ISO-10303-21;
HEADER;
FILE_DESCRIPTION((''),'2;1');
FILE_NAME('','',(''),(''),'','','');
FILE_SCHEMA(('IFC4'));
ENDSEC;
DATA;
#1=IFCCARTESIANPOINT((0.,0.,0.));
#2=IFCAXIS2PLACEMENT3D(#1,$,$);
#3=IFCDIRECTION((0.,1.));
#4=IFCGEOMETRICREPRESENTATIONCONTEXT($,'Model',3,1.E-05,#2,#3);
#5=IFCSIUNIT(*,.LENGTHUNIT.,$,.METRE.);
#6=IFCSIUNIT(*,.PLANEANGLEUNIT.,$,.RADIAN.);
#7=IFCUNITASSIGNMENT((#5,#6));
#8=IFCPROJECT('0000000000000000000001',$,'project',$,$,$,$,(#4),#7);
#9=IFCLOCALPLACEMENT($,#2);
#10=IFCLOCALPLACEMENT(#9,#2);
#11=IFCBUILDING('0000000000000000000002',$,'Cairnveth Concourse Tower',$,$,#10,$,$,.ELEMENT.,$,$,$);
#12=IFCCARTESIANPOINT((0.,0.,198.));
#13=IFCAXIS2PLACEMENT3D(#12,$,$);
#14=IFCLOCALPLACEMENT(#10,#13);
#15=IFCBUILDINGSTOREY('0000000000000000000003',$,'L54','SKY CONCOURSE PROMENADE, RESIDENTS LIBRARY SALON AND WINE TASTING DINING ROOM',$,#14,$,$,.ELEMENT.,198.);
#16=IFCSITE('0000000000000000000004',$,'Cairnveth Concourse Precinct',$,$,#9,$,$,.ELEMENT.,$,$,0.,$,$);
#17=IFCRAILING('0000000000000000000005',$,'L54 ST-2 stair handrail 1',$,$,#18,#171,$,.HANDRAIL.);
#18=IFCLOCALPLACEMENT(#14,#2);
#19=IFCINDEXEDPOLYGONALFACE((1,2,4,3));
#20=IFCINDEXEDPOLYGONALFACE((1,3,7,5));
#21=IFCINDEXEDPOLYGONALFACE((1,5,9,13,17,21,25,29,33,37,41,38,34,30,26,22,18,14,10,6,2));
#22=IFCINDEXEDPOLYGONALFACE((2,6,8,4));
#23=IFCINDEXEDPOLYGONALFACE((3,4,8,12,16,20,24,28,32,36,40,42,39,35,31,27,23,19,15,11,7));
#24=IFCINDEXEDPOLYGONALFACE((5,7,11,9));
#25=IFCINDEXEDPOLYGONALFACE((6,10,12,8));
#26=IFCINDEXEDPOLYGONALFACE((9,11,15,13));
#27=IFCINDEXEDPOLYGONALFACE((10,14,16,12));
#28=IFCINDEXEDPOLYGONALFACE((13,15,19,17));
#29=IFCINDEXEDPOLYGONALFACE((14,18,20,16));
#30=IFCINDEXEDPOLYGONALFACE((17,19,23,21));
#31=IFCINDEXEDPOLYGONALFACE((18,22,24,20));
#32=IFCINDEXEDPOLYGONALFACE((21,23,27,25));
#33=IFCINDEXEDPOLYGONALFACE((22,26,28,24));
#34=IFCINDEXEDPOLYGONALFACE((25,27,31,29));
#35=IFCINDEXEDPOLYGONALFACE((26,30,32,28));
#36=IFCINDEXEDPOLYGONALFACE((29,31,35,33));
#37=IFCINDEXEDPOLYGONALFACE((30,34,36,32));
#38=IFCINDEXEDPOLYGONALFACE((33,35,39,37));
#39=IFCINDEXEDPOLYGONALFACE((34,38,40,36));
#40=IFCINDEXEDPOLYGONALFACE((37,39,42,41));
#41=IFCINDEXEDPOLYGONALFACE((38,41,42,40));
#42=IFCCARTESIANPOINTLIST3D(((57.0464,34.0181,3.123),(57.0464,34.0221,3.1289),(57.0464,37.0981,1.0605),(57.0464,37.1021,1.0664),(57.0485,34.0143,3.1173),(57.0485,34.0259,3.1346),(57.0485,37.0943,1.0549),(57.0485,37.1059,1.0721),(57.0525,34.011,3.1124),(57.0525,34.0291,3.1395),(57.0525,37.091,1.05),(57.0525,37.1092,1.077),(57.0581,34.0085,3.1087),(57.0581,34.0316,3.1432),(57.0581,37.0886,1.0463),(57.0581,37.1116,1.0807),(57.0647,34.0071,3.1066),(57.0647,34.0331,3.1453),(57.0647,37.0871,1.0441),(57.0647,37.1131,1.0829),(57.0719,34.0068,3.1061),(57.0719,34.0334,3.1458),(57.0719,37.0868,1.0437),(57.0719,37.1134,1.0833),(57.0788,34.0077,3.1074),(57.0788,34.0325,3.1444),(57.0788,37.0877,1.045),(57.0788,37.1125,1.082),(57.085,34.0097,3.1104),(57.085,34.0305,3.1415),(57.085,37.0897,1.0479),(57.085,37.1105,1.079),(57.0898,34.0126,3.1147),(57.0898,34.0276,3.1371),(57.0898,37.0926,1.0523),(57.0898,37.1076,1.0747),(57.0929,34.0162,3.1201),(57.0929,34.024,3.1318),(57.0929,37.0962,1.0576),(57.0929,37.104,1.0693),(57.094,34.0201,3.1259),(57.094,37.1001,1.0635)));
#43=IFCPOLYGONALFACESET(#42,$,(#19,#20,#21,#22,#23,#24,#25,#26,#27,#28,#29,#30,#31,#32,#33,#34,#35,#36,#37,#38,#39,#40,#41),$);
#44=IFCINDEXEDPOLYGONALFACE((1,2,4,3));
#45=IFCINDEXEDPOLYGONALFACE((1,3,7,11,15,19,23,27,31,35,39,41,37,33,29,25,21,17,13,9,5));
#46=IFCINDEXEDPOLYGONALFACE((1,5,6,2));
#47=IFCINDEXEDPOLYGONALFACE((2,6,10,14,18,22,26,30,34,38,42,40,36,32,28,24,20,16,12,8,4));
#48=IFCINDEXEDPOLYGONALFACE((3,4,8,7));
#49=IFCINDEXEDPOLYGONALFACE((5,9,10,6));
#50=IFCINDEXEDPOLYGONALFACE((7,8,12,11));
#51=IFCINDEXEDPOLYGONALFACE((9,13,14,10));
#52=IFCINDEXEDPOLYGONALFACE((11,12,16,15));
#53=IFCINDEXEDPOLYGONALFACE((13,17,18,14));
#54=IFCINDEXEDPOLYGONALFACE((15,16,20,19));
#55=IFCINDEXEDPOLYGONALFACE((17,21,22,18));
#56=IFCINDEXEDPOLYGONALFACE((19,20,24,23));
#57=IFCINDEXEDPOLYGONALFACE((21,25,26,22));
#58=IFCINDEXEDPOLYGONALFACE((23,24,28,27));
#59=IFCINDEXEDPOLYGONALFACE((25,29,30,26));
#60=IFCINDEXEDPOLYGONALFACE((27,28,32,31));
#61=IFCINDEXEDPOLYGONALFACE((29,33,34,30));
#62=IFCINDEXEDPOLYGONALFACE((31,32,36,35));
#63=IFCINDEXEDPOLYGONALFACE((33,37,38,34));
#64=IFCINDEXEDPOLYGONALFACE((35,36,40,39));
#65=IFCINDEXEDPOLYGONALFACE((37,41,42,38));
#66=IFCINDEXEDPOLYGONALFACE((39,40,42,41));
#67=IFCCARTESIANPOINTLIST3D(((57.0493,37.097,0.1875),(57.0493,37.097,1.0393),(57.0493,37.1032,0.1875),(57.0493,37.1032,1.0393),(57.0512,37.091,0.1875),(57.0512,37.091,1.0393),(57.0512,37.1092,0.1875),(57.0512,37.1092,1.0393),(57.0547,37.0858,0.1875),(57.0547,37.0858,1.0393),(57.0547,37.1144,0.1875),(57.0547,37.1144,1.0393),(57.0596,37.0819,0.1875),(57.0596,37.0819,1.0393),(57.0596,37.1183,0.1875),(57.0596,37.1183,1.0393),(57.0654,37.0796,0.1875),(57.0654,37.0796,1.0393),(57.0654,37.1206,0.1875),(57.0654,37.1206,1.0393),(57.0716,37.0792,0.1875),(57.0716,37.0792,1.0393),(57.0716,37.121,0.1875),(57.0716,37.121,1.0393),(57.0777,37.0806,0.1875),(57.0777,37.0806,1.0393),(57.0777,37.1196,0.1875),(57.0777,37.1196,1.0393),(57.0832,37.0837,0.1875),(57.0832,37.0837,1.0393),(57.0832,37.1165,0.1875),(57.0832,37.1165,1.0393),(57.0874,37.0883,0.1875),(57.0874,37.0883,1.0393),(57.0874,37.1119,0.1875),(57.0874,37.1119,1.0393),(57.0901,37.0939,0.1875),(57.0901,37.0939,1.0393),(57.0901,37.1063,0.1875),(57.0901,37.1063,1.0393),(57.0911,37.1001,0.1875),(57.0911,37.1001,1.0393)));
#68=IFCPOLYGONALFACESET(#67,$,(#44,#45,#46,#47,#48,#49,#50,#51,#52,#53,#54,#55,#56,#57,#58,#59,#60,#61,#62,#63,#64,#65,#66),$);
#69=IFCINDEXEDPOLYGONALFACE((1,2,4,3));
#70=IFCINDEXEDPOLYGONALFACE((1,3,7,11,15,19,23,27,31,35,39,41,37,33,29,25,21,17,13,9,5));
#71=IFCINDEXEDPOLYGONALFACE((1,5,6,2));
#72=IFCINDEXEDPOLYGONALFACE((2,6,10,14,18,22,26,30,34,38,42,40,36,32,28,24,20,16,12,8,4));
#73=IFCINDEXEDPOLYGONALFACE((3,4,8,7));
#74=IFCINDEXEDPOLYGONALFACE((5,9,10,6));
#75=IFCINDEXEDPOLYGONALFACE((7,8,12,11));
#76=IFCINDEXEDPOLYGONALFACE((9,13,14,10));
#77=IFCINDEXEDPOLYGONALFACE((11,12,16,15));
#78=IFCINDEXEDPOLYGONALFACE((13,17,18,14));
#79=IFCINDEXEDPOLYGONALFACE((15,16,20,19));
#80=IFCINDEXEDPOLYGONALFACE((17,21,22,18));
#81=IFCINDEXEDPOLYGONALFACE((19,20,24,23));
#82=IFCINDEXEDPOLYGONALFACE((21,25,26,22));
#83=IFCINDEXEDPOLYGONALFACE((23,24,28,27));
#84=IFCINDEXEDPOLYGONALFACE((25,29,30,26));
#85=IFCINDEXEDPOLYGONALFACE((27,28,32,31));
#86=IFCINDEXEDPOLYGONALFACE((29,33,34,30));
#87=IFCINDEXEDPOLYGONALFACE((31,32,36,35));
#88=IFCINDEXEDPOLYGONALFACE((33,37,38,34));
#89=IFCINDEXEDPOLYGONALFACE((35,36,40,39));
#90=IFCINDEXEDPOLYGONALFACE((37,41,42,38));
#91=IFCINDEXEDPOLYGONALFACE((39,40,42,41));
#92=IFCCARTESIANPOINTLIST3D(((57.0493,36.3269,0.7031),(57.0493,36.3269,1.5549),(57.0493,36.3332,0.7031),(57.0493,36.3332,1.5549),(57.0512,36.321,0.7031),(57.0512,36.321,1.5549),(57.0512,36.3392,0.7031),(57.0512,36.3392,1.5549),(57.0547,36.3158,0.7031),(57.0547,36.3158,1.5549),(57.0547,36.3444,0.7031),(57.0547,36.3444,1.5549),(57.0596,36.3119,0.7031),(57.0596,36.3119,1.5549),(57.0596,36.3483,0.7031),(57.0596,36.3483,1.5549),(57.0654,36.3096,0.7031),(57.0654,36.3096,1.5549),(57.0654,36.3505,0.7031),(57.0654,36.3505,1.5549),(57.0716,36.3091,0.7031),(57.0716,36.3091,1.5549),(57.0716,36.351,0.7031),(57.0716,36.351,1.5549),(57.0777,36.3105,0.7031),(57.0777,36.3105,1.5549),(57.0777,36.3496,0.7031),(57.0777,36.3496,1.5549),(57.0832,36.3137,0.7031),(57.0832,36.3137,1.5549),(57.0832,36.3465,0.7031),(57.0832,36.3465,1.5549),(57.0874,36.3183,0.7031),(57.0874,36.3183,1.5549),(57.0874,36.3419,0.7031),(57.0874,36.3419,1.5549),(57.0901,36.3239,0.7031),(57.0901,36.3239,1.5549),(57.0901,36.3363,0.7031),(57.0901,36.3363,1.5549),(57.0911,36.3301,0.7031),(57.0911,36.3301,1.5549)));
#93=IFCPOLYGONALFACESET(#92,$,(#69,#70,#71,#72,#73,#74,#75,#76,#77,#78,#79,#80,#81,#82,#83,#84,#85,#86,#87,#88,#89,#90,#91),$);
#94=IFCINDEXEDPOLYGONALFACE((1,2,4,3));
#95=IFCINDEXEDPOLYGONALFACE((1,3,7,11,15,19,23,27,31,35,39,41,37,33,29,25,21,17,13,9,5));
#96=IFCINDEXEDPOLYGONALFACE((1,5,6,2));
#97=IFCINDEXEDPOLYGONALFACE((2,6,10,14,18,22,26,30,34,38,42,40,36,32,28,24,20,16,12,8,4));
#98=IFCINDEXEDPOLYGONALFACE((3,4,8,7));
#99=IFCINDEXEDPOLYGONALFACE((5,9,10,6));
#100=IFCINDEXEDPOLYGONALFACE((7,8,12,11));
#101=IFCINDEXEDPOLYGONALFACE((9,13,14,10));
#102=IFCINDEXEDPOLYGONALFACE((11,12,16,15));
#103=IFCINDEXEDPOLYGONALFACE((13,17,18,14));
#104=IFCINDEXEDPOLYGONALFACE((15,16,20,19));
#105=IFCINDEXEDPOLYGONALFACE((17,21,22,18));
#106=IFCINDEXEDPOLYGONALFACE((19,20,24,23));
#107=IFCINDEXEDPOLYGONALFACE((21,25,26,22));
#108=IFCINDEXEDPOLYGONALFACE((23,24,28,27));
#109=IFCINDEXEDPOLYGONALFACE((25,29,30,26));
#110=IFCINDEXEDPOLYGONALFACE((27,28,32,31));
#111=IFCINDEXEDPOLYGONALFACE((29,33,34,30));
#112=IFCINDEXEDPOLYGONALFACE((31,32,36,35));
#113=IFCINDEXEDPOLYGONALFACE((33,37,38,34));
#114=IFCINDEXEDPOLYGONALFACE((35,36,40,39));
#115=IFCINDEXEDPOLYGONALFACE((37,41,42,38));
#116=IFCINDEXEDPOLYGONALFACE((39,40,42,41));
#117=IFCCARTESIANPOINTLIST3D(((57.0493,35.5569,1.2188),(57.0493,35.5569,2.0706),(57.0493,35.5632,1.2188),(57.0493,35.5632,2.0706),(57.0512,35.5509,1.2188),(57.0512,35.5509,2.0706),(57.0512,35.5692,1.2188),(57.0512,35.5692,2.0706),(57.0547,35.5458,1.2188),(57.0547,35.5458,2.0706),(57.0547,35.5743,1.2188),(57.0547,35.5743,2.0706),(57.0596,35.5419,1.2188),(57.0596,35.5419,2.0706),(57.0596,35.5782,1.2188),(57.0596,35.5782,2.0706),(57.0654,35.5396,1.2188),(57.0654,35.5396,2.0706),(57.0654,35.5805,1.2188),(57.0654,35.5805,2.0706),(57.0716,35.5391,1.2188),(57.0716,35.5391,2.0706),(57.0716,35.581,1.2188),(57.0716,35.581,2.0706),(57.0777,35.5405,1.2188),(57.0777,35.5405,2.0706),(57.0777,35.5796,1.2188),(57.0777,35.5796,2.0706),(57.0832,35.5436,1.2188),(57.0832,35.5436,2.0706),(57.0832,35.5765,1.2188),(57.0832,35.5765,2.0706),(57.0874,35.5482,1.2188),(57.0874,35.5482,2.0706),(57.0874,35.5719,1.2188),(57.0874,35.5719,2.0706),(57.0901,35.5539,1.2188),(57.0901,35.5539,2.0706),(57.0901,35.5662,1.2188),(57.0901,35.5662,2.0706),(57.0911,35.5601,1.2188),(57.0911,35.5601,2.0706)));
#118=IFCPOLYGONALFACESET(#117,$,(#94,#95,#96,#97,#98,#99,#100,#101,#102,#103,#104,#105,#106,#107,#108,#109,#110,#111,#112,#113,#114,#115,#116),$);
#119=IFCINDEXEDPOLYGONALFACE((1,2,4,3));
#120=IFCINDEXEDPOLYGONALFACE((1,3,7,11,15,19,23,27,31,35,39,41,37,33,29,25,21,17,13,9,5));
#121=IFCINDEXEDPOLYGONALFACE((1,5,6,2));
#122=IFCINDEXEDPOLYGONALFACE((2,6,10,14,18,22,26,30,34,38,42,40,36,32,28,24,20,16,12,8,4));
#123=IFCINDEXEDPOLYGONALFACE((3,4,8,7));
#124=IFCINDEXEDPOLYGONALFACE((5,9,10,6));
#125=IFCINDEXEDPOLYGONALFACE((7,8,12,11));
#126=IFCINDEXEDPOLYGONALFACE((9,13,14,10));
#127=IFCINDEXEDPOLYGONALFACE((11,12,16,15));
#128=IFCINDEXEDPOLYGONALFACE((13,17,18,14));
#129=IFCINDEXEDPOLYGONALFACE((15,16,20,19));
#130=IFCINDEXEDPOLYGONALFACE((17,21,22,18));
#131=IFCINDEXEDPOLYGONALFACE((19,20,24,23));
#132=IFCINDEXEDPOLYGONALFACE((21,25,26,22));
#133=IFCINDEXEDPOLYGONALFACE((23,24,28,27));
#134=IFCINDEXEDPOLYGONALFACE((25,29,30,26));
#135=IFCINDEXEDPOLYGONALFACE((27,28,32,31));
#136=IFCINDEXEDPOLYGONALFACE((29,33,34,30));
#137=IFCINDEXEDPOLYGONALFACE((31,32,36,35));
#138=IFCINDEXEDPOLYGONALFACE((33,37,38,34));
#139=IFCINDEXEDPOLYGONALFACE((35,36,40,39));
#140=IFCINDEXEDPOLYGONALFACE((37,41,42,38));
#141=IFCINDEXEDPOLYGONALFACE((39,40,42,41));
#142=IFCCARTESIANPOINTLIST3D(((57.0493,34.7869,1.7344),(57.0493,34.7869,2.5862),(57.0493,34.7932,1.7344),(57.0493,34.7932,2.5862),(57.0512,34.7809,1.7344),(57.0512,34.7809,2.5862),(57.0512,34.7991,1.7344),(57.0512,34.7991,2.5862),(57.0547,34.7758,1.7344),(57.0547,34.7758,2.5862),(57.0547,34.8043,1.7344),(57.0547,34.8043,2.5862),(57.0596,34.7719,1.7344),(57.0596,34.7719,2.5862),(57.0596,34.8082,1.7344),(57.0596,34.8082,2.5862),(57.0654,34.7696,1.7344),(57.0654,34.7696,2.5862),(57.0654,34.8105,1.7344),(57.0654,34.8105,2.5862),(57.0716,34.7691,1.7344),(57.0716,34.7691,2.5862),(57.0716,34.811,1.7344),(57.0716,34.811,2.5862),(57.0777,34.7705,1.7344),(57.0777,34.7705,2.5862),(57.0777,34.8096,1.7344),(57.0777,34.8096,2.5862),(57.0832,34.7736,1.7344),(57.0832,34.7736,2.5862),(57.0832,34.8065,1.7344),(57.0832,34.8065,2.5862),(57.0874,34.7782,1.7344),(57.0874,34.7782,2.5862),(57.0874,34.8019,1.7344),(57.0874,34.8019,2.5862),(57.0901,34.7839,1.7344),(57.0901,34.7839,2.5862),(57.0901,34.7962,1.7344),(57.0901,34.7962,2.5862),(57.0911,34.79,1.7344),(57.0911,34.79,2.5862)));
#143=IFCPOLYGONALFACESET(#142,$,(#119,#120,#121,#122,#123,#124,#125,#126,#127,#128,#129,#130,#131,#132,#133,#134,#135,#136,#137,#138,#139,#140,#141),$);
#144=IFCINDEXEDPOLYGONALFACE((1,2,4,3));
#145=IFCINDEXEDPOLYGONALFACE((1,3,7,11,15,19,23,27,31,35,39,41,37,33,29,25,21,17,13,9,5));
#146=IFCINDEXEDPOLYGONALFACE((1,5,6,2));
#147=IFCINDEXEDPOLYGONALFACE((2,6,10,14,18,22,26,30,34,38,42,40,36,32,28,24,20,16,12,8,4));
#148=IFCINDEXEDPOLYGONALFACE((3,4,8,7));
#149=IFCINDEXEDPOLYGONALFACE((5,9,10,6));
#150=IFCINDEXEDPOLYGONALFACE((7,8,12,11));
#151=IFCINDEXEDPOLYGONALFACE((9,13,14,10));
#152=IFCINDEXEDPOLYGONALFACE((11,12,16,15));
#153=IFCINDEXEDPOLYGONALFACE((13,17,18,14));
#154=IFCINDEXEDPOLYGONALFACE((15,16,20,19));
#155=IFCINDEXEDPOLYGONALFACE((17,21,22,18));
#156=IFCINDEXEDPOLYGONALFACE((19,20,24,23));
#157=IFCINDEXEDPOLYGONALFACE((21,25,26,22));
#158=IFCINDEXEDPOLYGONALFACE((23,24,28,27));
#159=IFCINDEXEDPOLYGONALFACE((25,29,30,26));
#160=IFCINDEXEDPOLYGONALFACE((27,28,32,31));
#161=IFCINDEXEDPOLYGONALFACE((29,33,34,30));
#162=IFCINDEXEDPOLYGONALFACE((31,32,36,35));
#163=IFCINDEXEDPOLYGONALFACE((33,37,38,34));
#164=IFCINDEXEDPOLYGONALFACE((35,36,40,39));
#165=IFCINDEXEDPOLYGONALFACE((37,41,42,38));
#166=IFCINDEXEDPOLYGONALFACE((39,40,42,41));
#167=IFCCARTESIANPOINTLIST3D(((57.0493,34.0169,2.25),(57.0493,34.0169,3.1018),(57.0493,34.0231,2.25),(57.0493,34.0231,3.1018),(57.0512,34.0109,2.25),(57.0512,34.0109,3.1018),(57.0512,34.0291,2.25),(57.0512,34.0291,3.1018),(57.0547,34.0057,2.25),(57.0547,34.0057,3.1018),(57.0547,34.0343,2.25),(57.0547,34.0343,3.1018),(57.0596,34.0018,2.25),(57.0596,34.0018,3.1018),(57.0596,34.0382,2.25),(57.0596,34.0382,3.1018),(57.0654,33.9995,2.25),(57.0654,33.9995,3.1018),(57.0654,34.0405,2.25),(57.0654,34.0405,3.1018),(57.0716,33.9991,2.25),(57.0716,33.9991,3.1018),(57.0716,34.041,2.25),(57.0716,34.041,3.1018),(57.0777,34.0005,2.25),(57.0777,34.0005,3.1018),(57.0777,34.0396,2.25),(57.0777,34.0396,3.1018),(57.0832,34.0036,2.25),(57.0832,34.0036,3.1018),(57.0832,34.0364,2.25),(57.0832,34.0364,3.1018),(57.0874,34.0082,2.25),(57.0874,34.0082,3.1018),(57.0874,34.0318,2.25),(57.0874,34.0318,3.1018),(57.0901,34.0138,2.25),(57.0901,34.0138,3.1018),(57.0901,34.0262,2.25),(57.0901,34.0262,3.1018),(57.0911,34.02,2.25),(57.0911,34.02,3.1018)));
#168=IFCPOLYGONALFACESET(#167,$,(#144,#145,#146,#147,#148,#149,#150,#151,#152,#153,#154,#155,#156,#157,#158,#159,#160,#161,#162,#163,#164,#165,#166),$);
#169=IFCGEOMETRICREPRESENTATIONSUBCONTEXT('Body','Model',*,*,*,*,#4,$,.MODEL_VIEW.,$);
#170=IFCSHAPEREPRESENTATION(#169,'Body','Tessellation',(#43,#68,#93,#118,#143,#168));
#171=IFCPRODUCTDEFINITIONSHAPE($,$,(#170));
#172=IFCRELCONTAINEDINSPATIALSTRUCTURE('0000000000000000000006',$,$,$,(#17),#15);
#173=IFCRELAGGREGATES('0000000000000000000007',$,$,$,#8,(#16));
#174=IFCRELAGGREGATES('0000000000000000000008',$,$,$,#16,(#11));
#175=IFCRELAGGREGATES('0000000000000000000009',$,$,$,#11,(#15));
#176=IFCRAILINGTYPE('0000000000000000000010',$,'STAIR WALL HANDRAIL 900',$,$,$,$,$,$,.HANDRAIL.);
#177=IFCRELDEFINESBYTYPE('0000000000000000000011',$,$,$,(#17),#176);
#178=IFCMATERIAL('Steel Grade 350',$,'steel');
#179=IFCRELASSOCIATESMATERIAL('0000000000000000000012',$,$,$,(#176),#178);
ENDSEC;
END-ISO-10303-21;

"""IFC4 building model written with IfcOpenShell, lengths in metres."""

from ifc_helpers import new_model, si_unit, direction, frame, origin, origin_2d, place, context, subcontext, project, spatial, circle, extrude, material, type_object, element, save


model = new_model("IFC4")

# Units and contexts
model_context = context("Model", 3, precision=1e-05, world=origin(), true_north=direction((0.0, 1.0)))
body_context = subcontext(model_context, "Body", "Model", "MODEL_VIEW")
ifc_project = project(units=[si_unit("LENGTHUNIT", "METRE"), si_unit("PLANEANGLEUNIT", "RADIAN")], contexts=[model_context])

# Site, building, storey
site_placement = place(None, origin())
site = spatial("IfcSite", under=ifc_project, at=site_placement, Name="Cairnveth Concourse Precinct", CompositionType="ELEMENT", RefElevation=0.0)
building_placement = place(site_placement, origin())
building = spatial("IfcBuilding", under=site, at=building_placement, Name="Cairnveth Concourse Tower", CompositionType="ELEMENT")
storey_placement = place(building_placement, frame((0.0, 0.0, 198.0)))
storey = spatial("IfcBuildingStorey", under=building, at=storey_placement, Name="L54", Description="SKY CONCOURSE PROMENADE, RESIDENTS LIBRARY SALON AND WINE TASTING DINING ROOM", CompositionType="ELEMENT", Elevation=198.0)

# Shared definitions
ifc_material_1 = material(Name="Steel Grade 350", Category="steel")

# Railing
railing_type_1 = type_object("IfcRailingType", Name="STAIR WALL HANDRAIL 900", PredefinedType="HANDRAIL", material=ifc_material_1)
railing_1_placement = place(storey_placement, frame((57.0701, 37.1001, 0.1875)))
element("IfcRailing", 1, at=railing_1_placement, inside=storey, type_object=railing_type_1, Name="L54 ST-2 stair handrail 1", PredefinedType="HANDRAIL", context=body_context, shape_type="SweptSolid", body=[
    extrude(circle(Radius=0.0239, at=origin_2d()), frame((0.0, 0.0, 0.876), z_axis=(0.0, -0.830914, 0.556401), x_axis=(1.0, 0.0, 0.0)), (0.0, 0.0, 1.0), 3.7068),
    extrude(circle(Radius=0.021, at=origin_2d()), origin(), (0.0, 0.0, 1.0), 0.8518),
    extrude(circle(Radius=0.021, at=origin_2d()), frame((0.0, -0.77, 0.5156)), (0.0, 0.0, 1.0), 0.8518),
    extrude(circle(Radius=0.021, at=origin_2d()), frame((0.0, -1.54, 1.0312)), (0.0, 0.0, 1.0), 0.8518),
    extrude(circle(Radius=0.021, at=origin_2d()), frame((0.0, -2.3101, 1.5469)), (0.0, 0.0, 1.0), 0.8518),
    extrude(circle(Radius=0.021, at=origin_2d()), frame((0.0, -3.0801, 2.0625)), (0.0, 0.0, 1.0), 0.8518),
])

save(model, "model.ifc")
